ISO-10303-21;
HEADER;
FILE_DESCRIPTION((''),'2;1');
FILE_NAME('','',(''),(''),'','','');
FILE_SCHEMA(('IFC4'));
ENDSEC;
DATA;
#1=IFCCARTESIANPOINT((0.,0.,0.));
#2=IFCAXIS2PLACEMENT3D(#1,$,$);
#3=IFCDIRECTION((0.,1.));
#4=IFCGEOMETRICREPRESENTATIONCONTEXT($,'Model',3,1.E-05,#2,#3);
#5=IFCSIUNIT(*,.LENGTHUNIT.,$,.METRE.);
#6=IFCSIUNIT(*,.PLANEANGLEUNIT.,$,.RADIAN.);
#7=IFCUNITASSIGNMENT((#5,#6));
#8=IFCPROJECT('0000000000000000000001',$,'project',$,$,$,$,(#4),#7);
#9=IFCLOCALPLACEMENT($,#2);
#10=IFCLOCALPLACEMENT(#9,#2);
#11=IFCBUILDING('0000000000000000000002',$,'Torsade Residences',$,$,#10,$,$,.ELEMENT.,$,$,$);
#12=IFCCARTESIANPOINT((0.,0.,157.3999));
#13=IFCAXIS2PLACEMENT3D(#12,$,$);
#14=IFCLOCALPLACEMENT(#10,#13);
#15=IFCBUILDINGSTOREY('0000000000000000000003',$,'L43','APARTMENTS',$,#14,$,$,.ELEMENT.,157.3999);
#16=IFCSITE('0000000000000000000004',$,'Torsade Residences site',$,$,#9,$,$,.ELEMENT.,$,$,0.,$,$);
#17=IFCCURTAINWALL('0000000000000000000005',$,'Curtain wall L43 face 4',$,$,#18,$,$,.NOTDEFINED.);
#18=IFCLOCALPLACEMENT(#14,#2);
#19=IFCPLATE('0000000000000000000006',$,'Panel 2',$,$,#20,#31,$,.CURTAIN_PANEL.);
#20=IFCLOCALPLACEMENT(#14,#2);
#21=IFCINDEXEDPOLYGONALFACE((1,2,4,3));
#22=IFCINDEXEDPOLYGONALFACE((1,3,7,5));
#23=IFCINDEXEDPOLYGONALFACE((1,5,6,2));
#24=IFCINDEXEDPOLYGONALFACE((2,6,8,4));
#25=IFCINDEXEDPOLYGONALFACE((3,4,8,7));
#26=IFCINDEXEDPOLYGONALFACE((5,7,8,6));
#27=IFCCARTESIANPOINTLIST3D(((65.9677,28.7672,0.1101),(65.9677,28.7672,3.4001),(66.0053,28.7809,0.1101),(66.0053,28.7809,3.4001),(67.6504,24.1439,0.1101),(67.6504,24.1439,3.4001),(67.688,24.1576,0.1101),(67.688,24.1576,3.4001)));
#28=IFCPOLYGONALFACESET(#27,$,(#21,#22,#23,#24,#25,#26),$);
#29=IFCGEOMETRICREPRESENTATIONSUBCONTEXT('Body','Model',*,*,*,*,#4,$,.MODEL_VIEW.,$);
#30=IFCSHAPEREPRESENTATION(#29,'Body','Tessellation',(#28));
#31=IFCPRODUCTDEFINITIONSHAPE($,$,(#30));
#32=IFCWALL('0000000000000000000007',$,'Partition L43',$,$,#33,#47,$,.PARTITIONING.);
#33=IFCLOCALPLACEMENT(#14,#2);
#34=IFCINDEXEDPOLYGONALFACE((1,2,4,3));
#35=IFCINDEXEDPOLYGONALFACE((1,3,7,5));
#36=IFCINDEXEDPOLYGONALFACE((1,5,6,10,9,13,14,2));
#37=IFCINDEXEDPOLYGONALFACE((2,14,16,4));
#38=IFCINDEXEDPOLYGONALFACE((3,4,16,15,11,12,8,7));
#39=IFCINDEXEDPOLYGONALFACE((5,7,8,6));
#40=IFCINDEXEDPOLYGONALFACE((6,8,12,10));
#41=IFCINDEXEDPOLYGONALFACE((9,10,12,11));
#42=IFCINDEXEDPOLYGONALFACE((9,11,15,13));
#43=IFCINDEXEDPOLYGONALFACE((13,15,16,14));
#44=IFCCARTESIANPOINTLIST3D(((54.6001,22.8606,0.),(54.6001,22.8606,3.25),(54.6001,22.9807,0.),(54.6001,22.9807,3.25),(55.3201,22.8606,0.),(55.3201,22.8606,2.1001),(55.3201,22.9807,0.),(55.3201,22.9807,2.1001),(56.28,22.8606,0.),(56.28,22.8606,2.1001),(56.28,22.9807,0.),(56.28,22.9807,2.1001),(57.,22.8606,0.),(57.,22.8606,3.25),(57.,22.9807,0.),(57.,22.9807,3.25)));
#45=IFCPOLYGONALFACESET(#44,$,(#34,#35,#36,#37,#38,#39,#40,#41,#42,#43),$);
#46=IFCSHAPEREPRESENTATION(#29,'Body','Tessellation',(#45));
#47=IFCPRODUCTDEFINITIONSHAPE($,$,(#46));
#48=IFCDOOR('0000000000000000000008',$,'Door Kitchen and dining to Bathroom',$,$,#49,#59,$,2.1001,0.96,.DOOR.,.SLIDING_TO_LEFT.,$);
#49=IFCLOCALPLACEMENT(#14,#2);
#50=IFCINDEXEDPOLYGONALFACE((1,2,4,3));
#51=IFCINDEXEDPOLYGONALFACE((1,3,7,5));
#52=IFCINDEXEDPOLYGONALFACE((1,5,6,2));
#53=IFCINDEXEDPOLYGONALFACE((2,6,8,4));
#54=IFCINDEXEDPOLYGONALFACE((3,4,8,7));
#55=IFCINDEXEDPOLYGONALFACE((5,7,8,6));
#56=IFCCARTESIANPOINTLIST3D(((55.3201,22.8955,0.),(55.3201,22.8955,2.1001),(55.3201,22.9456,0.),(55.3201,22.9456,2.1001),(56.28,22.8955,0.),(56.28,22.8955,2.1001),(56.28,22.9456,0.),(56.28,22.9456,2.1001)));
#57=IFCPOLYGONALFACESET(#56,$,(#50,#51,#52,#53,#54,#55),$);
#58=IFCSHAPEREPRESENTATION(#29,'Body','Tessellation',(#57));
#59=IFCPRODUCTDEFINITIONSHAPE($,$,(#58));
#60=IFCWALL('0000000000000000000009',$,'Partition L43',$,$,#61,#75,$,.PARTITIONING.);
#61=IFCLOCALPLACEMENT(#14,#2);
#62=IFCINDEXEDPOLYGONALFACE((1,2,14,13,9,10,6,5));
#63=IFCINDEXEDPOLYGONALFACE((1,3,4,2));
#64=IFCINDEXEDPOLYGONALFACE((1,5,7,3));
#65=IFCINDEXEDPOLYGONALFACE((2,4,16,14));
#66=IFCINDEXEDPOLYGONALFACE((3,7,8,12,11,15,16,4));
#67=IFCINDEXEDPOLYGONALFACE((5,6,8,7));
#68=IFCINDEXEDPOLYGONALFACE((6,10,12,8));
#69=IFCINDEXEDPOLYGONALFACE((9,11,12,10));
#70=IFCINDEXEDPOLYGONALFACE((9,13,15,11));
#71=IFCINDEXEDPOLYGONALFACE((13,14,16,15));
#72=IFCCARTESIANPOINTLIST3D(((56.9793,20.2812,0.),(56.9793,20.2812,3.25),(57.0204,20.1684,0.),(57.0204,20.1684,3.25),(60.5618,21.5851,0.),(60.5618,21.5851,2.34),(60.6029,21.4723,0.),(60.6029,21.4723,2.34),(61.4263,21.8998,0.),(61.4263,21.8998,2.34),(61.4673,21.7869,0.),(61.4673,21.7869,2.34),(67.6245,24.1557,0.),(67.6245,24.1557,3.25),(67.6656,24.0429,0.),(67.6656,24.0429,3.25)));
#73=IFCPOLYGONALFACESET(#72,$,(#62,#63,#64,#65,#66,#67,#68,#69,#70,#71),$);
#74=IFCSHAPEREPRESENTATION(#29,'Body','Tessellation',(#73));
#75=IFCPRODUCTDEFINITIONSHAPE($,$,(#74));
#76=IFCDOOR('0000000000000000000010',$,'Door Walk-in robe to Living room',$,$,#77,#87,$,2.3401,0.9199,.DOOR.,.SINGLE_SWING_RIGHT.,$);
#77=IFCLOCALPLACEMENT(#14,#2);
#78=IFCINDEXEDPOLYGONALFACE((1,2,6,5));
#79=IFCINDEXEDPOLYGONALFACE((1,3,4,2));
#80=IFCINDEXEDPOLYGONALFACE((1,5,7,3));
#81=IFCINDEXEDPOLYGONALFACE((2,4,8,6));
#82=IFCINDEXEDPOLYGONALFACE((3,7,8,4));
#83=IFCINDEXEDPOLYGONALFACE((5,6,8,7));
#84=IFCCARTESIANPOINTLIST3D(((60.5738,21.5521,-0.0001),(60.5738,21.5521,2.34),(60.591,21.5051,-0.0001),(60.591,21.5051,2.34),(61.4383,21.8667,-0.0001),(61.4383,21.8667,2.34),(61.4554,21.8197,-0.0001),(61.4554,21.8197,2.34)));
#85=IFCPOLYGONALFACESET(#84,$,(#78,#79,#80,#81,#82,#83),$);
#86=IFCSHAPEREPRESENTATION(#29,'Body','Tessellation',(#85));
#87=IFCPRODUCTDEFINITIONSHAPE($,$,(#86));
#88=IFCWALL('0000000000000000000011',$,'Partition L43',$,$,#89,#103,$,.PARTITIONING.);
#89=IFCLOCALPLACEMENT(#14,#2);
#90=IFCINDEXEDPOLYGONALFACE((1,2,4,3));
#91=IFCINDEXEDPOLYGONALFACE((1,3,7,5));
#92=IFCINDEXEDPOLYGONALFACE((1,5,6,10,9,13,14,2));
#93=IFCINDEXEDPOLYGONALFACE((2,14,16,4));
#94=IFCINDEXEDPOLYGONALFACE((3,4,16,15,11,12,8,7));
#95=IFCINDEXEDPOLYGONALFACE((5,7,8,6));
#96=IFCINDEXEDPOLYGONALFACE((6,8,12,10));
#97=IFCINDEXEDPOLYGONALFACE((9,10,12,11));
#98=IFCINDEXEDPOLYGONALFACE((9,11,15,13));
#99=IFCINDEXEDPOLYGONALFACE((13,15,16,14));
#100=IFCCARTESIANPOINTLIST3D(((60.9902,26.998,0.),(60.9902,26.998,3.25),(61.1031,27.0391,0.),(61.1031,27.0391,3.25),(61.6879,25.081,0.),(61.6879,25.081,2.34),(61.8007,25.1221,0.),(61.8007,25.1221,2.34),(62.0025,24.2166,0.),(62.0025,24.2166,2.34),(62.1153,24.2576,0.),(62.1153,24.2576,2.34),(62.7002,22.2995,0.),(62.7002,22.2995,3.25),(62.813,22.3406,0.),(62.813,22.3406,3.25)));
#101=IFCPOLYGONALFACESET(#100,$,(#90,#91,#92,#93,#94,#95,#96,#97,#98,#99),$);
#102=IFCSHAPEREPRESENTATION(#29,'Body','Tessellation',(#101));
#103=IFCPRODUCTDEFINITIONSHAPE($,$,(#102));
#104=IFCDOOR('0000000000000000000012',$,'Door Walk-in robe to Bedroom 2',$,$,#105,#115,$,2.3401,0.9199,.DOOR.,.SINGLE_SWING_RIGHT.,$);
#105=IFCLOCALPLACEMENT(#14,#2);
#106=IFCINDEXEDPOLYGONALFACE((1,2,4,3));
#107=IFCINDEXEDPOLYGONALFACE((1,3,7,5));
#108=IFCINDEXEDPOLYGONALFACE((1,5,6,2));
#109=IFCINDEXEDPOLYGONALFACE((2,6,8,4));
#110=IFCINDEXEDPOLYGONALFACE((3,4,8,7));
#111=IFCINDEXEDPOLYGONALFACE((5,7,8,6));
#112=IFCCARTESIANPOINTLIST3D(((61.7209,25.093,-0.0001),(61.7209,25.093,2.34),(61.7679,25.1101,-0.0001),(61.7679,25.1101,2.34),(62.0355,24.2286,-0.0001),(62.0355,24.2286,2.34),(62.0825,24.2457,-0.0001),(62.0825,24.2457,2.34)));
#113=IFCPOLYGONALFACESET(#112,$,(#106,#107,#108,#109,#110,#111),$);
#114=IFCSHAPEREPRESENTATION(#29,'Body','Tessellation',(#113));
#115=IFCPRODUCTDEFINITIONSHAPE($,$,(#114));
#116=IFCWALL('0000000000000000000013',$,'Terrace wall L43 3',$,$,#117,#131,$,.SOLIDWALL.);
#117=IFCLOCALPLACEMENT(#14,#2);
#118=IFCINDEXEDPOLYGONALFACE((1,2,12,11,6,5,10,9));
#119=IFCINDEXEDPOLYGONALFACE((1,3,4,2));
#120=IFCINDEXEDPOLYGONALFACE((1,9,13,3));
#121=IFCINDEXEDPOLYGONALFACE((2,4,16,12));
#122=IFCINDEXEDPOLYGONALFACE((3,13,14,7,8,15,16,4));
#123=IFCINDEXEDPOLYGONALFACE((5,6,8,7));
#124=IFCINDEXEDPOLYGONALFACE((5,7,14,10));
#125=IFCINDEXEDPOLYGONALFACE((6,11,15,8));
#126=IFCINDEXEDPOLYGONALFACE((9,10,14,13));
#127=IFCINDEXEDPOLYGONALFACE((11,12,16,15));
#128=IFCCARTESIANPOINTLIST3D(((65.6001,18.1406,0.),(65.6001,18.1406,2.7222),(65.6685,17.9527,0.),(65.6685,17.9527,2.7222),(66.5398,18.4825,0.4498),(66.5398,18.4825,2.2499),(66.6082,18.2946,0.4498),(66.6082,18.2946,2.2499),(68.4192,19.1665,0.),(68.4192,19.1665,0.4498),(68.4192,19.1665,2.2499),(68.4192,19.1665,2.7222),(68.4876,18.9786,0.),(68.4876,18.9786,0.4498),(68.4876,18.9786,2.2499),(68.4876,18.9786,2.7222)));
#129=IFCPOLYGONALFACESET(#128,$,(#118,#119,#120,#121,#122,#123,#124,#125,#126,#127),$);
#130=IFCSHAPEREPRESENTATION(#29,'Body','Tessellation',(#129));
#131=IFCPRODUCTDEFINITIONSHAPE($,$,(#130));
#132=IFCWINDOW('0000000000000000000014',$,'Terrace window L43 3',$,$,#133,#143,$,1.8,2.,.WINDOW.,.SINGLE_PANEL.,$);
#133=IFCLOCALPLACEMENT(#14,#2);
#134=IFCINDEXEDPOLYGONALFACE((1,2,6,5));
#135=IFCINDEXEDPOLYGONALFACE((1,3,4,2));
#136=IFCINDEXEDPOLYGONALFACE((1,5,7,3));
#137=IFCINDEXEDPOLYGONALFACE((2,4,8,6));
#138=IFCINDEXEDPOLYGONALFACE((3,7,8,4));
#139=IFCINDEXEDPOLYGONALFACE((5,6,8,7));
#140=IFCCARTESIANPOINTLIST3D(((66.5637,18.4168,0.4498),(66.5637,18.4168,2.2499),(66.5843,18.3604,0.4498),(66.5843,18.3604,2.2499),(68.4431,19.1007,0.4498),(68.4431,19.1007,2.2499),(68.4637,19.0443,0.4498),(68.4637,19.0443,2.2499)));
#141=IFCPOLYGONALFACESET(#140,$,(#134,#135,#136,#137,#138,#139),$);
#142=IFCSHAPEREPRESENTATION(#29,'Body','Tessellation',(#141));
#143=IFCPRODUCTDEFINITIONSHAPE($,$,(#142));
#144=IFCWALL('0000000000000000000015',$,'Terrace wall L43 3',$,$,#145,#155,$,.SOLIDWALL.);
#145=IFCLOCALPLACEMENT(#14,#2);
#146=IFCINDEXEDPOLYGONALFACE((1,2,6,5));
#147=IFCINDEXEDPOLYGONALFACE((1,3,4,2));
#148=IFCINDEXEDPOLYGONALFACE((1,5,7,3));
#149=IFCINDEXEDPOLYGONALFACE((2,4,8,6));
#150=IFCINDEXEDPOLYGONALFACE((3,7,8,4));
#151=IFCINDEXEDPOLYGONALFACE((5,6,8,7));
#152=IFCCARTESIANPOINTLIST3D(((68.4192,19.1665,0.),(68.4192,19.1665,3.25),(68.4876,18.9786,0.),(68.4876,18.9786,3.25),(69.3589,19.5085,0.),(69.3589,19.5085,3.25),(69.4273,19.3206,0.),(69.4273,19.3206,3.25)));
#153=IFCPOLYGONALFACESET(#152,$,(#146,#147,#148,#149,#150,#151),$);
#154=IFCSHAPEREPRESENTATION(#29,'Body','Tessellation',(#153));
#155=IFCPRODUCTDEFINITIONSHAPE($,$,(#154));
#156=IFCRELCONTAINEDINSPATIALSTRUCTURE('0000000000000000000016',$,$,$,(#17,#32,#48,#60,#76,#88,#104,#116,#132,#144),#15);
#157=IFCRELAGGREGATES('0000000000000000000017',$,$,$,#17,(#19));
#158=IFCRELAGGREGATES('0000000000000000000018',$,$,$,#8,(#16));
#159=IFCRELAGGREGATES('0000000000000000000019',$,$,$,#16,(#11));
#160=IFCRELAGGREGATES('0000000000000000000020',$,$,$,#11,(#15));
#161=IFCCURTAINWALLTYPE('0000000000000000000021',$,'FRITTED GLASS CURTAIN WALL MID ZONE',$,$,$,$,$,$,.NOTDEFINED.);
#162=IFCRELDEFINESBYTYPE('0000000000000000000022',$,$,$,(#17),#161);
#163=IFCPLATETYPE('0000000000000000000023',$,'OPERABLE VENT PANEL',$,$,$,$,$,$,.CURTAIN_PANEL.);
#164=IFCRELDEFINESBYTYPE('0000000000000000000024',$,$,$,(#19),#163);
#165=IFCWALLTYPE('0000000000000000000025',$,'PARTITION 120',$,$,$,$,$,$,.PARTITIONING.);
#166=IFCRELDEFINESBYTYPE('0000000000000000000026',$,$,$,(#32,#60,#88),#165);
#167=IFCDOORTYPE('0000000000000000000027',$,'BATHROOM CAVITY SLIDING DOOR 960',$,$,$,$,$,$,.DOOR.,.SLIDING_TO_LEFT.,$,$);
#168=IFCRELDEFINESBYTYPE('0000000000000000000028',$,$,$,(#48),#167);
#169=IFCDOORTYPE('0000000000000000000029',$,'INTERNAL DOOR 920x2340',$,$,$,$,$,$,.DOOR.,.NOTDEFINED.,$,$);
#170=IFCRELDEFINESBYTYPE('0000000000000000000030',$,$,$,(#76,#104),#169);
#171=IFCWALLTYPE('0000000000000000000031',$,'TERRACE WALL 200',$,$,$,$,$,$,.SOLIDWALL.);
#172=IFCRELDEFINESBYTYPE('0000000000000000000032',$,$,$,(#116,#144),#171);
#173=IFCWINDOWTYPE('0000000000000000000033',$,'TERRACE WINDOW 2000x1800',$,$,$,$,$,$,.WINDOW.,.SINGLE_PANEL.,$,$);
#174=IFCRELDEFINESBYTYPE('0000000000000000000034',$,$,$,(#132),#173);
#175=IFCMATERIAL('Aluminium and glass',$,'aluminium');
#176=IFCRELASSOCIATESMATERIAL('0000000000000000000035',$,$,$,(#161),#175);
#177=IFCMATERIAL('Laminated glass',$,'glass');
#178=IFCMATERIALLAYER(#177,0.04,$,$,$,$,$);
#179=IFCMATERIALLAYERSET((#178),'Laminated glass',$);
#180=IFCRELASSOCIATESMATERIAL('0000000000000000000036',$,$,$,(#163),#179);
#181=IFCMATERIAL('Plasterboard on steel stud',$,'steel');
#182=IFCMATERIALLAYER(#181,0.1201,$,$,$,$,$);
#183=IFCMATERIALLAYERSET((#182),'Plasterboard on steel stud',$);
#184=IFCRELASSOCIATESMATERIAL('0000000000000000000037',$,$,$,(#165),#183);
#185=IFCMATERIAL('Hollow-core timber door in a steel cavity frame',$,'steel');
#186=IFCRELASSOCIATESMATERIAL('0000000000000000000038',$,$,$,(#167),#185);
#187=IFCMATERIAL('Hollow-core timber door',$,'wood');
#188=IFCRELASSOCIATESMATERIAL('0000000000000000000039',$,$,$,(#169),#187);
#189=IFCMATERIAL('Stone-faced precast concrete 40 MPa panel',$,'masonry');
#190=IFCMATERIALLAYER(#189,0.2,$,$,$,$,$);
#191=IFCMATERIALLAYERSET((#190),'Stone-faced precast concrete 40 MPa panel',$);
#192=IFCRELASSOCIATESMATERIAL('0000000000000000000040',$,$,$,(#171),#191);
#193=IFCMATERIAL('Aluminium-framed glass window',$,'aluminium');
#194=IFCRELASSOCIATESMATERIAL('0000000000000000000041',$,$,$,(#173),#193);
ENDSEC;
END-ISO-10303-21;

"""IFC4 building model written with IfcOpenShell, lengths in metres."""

from ifc_helpers import new_model, si_unit, direction, frame, frame_2d, origin, origin_2d, place, context, subcontext, project, spatial, rectangle, extrude, material, layer, layer_set, type_object, element, fill, aggregate, save


model = new_model("IFC4")

# Units and contexts
model_context = context("Model", 3, precision=1e-05, world=origin(), true_north=direction((0.0, 1.0)))
body_context = subcontext(model_context, "Body", "Model", "MODEL_VIEW")
ifc_project = project(units=[si_unit("LENGTHUNIT", "METRE"), si_unit("PLANEANGLEUNIT", "RADIAN")], contexts=[model_context])

# Site, building, storey
site_placement = place(None, origin())
site = spatial("IfcSite", under=ifc_project, at=site_placement, Name="Torsade Residences site", CompositionType="ELEMENT", RefElevation=0.0)
building_placement = place(site_placement, origin())
building = spatial("IfcBuilding", under=site, at=building_placement, Name="Torsade Residences", CompositionType="ELEMENT")
storey_placement = place(building_placement, frame((0.0, 0.0, 157.3999)))
storey = spatial("IfcBuildingStorey", under=building, at=storey_placement, Name="L43", Description="APARTMENTS", CompositionType="ELEMENT", Elevation=157.3999)

# Curtain wall
ifc_material_1 = material(Name="Aluminium and glass", Category="aluminium")
curtain_wall_type = type_object("IfcCurtainWallType", Name="FRITTED GLASS CURTAIN WALL MID ZONE", PredefinedType="NOTDEFINED", material=ifc_material_1)
curtain_wall_placement = place(storey_placement, origin())
curtain_wall = element("IfcCurtainWall", 1, at=curtain_wall_placement, inside=storey, type_object=curtain_wall_type, Name="Curtain wall L43 face 4", PredefinedType="NOTDEFINED")

# Plate
ifc_material_2 = material(Name="Laminated glass", Category="glass")
ifc_layer_1 = layer(ifc_material_2, 0.04)
ifc_layer_set_1 = layer_set([ifc_layer_1], Name="Laminated glass")
plate_type_1 = type_object("IfcPlateType", Name="OPERABLE VENT PANEL", PredefinedType="CURTAIN_PANEL", material=ifc_layer_set_1)
plate_1_placement = place(storey_placement, frame((66.8279, 26.4624, 0.1101), z_axis=(0.0, 0.0, 1.0), x_axis=(-0.34202, 0.939693, 0.0)))
plate_1 = element("IfcPlate", 2, at=plate_1_placement, type_object=plate_type_1, Name="Panel 2", PredefinedType="CURTAIN_PANEL", context=body_context, shape_type="SweptSolid", body=[
    extrude(rectangle(XDim=4.9199, YDim=0.04, at=origin_2d()), origin(), (0.0, 0.0, 1.0), 3.29),
])
aggregate(curtain_wall, [plate_1])

# Walls, openings, doors
ifc_material_3 = material(Name="Plasterboard on steel stud", Category="steel")
ifc_layer_2 = layer(ifc_material_3, 0.1201)
ifc_layer_set_2 = layer_set([ifc_layer_2], Name="Plasterboard on steel stud")
wall_type_1 = type_object("IfcWallType", Name="PARTITION 120", PredefinedType="PARTITIONING", material=ifc_layer_set_2)
wall_1_placement = place(storey_placement, frame((54.6001, 22.9207, 0.0), z_axis=(0.0, 0.0, 1.0), x_axis=(1.0, 0.0, 0.0)))
wall_1 = element("IfcWall", 3, at=wall_1_placement, inside=storey, type_object=wall_type_1, Name="Partition L43", PredefinedType="PARTITIONING", context=body_context, shape_type="SweptSolid", body=[
    extrude(rectangle(XDim=2.3999, YDim=0.1201, at=frame_2d((1.2, 0.0))), origin(), (0.0, 0.0, 1.0), 3.25),
])
opening_1_placement = place(wall_1_placement, frame((0.72, 0.0, 0.0)))
opening_1 = element("IfcOpeningElement", 4, at=opening_1_placement, cuts=wall_1, PredefinedType="OPENING", context=body_context, shape_type="SweptSolid", body=[
    extrude(rectangle(XDim=0.96, YDim=2.1001, at=frame_2d((0.48, 1.05))), frame((0.0, 0.0701, 0.0), z_axis=(0.0, -1.0, 0.0), x_axis=(1.0, 0.0, 0.0)), (0.0, 0.0, 1.0), 0.1401),
])
ifc_material_4 = material(Name="Hollow-core timber door in a steel cavity frame", Category="steel")
door_type_1 = type_object("IfcDoorType", Name="BATHROOM CAVITY SLIDING DOOR 960", OperationType="SLIDING_TO_LEFT", PredefinedType="DOOR", material=ifc_material_4)
door_1_placement = place(opening_1_placement, origin())
door_1 = element("IfcDoor", 5, at=door_1_placement, inside=storey, type_object=door_type_1, Name="Door Kitchen and dining to Bathroom", OperationType="SLIDING_TO_LEFT", OverallHeight=2.1001, OverallWidth=0.96, PredefinedType="DOOR", context=body_context, shape_type="SweptSolid", body=[
    extrude(rectangle(XDim=0.96, YDim=2.1001, at=frame_2d((0.48, 1.05))), frame((0.0, 0.0249, 0.0), z_axis=(0.0, -1.0, 0.0), x_axis=(1.0, 0.0, 0.0)), (0.0, 0.0, 1.0), 0.05),
])
fill(opening_1, door_1)
wall_2_placement = place(storey_placement, frame((57.0, 20.2249, 0.0), z_axis=(0.0, 0.0, 1.0), x_axis=(0.939694, 0.342016, 0.0)))
wall_2 = element("IfcWall", 6, at=wall_2_placement, inside=storey, type_object=wall_type_1, Name="Partition L43", PredefinedType="PARTITIONING", context=body_context, shape_type="SweptSolid", body=[
    extrude(rectangle(XDim=11.3284, YDim=0.1201, at=frame_2d((5.6641, 0.0))), origin(), (0.0, 0.0, 1.0), 3.25),
])
opening_2_placement = place(wall_2_placement, frame((3.8123, 0.0, 0.0)))
opening_2 = element("IfcOpeningElement", 7, at=opening_2_placement, cuts=wall_2, PredefinedType="OPENING", context=body_context, shape_type="SweptSolid", body=[
    extrude(rectangle(XDim=0.9199, YDim=2.3401, at=frame_2d((0.46, 1.1699))), frame((0.0, 0.0701, 0.0), z_axis=(0.0, -1.0, 0.0), x_axis=(1.0, 0.0, 0.0)), (0.0, 0.0, 1.0), 0.1401),
])
ifc_material_5 = material(Name="Hollow-core timber door", Category="wood")
door_type_2 = type_object("IfcDoorType", Name="INTERNAL DOOR 920x2340", OperationType="NOTDEFINED", PredefinedType="DOOR", material=ifc_material_5)
door_2_placement = place(opening_2_placement, origin())
door_2 = element("IfcDoor", 8, at=door_2_placement, inside=storey, type_object=door_type_2, Name="Door Walk-in robe to Living room", OperationType="SINGLE_SWING_RIGHT", OverallHeight=2.3401, OverallWidth=0.9199, PredefinedType="DOOR", context=body_context, shape_type="SweptSolid", body=[
    extrude(rectangle(XDim=0.9199, YDim=2.3401, at=frame_2d((0.46, 1.1699))), frame((0.0, 0.0249, 0.0), z_axis=(0.0, -1.0, 0.0), x_axis=(1.0, 0.0, 0.0)), (0.0, 0.0, 1.0), 0.05),
])
fill(opening_2, door_2)
wall_3_placement = place(storey_placement, frame((62.7566, 22.3201, 0.0), z_axis=(0.0, 0.0, 1.0), x_axis=(-0.341994, 0.939702, 0.0)))
wall_3 = element("IfcWall", 9, at=wall_3_placement, inside=storey, type_object=wall_type_1, Name="Partition L43", PredefinedType="PARTITIONING", context=body_context, shape_type="SweptSolid", body=[
    extrude(rectangle(XDim=5.0, YDim=0.1201, at=frame_2d((2.5, 0.0))), origin(), (0.0, 0.0, 1.0), 3.25),
])
opening_3_placement = place(wall_3_placement, frame((2.04, 0.0, 0.0)))
opening_3 = element("IfcOpeningElement", 10, at=opening_3_placement, cuts=wall_3, PredefinedType="OPENING", context=body_context, shape_type="SweptSolid", body=[
    extrude(rectangle(XDim=0.9199, YDim=2.3401, at=frame_2d((0.46, 1.1699))), frame((0.0, 0.0701, 0.0), z_axis=(0.0, -1.0, 0.0), x_axis=(1.0, 0.0, 0.0)), (0.0, 0.0, 1.0), 0.1401),
])
door_3_placement = place(opening_3_placement, origin())
door_3 = element("IfcDoor", 11, at=door_3_placement, inside=storey, type_object=door_type_2, Name="Door Walk-in robe to Bedroom 2", OperationType="SINGLE_SWING_RIGHT", OverallHeight=2.3401, OverallWidth=0.9199, PredefinedType="DOOR", context=body_context, shape_type="SweptSolid", body=[
    extrude(rectangle(XDim=0.9199, YDim=2.3401, at=frame_2d((0.46, 1.1699))), frame((0.0, 0.0249, 0.0), z_axis=(0.0, -1.0, 0.0), x_axis=(1.0, 0.0, 0.0)), (0.0, 0.0, 1.0), 0.05),
])
fill(opening_3, door_3)

# Wall, opening, window
ifc_material_6 = material(Name="Stone-faced precast concrete 40 MPa panel", Category="masonry")
ifc_layer_3 = layer(ifc_material_6, 0.2)
ifc_layer_set_3 = layer_set([ifc_layer_3], Name="Stone-faced precast concrete 40 MPa panel")
wall_type_2 = type_object("IfcWallType", Name="TERRACE WALL 200", PredefinedType="SOLIDWALL", material=ifc_layer_set_3)
wall_4_placement = place(storey_placement, frame((65.6343, 18.0466, 0.0), z_axis=(0.0, 0.0, 1.0), x_axis=(0.939713, 0.341965, 0.0)))
wall_4 = element("IfcWall", 12, at=wall_4_placement, inside=storey, type_object=wall_type_2, Name="Terrace wall L43 3", PredefinedType="SOLIDWALL", context=body_context, shape_type="SweptSolid", body=[
    extrude(rectangle(XDim=3.0, YDim=0.2, at=frame_2d((1.5, 0.0))), origin(), (0.0, 0.0, 1.0), 2.7222),
])
opening_4_placement = place(wall_4_placement, frame((1.0, 0.0, 0.45)))
opening_4 = element("IfcOpeningElement", 13, at=opening_4_placement, cuts=wall_4, PredefinedType="OPENING", context=body_context, shape_type="SweptSolid", body=[
    extrude(rectangle(XDim=2.0, YDim=1.8, at=frame_2d((1.0, 0.8999))), frame((0.0, 0.1099, 0.0), z_axis=(0.0, -1.0, 0.0), x_axis=(1.0, 0.0, 0.0)), (0.0, 0.0, 1.0), 0.22),
])
ifc_material_7 = material(Name="Aluminium-framed glass window", Category="aluminium")
window_type = type_object("IfcWindowType", Name="TERRACE WINDOW 2000x1800", PartitioningType="SINGLE_PANEL", PredefinedType="WINDOW", material=ifc_material_7)
window_placement = place(opening_4_placement, origin())
window = element("IfcWindow", 14, at=window_placement, inside=storey, type_object=window_type, Name="Terrace window L43 3", OverallHeight=1.8, OverallWidth=2.0, PartitioningType="SINGLE_PANEL", PredefinedType="WINDOW", context=body_context, shape_type="SweptSolid", body=[
    extrude(rectangle(XDim=2.0, YDim=1.8, at=frame_2d((1.0, 0.8999))), frame((0.0, 0.03, 0.0), z_axis=(0.0, -1.0, 0.0), x_axis=(1.0, 0.0, 0.0)), (0.0, 0.0, 1.0), 0.0601),
])
fill(opening_4, window)

# Wall
wall_5_placement = place(storey_placement, frame((68.4534, 19.0725, 0.0), z_axis=(0.0, 0.0, 1.0), x_axis=(0.939686, 0.342037, 0.0)))
element("IfcWall", 15, at=wall_5_placement, inside=storey, type_object=wall_type_2, Name="Terrace wall L43 3", PredefinedType="SOLIDWALL", context=body_context, shape_type="SweptSolid", body=[
    extrude(rectangle(XDim=1.0, YDim=0.2, at=frame_2d((0.5, 0.0))), origin(), (0.0, 0.0, 1.0), 3.25),
])

save(model, "model.ifc")
